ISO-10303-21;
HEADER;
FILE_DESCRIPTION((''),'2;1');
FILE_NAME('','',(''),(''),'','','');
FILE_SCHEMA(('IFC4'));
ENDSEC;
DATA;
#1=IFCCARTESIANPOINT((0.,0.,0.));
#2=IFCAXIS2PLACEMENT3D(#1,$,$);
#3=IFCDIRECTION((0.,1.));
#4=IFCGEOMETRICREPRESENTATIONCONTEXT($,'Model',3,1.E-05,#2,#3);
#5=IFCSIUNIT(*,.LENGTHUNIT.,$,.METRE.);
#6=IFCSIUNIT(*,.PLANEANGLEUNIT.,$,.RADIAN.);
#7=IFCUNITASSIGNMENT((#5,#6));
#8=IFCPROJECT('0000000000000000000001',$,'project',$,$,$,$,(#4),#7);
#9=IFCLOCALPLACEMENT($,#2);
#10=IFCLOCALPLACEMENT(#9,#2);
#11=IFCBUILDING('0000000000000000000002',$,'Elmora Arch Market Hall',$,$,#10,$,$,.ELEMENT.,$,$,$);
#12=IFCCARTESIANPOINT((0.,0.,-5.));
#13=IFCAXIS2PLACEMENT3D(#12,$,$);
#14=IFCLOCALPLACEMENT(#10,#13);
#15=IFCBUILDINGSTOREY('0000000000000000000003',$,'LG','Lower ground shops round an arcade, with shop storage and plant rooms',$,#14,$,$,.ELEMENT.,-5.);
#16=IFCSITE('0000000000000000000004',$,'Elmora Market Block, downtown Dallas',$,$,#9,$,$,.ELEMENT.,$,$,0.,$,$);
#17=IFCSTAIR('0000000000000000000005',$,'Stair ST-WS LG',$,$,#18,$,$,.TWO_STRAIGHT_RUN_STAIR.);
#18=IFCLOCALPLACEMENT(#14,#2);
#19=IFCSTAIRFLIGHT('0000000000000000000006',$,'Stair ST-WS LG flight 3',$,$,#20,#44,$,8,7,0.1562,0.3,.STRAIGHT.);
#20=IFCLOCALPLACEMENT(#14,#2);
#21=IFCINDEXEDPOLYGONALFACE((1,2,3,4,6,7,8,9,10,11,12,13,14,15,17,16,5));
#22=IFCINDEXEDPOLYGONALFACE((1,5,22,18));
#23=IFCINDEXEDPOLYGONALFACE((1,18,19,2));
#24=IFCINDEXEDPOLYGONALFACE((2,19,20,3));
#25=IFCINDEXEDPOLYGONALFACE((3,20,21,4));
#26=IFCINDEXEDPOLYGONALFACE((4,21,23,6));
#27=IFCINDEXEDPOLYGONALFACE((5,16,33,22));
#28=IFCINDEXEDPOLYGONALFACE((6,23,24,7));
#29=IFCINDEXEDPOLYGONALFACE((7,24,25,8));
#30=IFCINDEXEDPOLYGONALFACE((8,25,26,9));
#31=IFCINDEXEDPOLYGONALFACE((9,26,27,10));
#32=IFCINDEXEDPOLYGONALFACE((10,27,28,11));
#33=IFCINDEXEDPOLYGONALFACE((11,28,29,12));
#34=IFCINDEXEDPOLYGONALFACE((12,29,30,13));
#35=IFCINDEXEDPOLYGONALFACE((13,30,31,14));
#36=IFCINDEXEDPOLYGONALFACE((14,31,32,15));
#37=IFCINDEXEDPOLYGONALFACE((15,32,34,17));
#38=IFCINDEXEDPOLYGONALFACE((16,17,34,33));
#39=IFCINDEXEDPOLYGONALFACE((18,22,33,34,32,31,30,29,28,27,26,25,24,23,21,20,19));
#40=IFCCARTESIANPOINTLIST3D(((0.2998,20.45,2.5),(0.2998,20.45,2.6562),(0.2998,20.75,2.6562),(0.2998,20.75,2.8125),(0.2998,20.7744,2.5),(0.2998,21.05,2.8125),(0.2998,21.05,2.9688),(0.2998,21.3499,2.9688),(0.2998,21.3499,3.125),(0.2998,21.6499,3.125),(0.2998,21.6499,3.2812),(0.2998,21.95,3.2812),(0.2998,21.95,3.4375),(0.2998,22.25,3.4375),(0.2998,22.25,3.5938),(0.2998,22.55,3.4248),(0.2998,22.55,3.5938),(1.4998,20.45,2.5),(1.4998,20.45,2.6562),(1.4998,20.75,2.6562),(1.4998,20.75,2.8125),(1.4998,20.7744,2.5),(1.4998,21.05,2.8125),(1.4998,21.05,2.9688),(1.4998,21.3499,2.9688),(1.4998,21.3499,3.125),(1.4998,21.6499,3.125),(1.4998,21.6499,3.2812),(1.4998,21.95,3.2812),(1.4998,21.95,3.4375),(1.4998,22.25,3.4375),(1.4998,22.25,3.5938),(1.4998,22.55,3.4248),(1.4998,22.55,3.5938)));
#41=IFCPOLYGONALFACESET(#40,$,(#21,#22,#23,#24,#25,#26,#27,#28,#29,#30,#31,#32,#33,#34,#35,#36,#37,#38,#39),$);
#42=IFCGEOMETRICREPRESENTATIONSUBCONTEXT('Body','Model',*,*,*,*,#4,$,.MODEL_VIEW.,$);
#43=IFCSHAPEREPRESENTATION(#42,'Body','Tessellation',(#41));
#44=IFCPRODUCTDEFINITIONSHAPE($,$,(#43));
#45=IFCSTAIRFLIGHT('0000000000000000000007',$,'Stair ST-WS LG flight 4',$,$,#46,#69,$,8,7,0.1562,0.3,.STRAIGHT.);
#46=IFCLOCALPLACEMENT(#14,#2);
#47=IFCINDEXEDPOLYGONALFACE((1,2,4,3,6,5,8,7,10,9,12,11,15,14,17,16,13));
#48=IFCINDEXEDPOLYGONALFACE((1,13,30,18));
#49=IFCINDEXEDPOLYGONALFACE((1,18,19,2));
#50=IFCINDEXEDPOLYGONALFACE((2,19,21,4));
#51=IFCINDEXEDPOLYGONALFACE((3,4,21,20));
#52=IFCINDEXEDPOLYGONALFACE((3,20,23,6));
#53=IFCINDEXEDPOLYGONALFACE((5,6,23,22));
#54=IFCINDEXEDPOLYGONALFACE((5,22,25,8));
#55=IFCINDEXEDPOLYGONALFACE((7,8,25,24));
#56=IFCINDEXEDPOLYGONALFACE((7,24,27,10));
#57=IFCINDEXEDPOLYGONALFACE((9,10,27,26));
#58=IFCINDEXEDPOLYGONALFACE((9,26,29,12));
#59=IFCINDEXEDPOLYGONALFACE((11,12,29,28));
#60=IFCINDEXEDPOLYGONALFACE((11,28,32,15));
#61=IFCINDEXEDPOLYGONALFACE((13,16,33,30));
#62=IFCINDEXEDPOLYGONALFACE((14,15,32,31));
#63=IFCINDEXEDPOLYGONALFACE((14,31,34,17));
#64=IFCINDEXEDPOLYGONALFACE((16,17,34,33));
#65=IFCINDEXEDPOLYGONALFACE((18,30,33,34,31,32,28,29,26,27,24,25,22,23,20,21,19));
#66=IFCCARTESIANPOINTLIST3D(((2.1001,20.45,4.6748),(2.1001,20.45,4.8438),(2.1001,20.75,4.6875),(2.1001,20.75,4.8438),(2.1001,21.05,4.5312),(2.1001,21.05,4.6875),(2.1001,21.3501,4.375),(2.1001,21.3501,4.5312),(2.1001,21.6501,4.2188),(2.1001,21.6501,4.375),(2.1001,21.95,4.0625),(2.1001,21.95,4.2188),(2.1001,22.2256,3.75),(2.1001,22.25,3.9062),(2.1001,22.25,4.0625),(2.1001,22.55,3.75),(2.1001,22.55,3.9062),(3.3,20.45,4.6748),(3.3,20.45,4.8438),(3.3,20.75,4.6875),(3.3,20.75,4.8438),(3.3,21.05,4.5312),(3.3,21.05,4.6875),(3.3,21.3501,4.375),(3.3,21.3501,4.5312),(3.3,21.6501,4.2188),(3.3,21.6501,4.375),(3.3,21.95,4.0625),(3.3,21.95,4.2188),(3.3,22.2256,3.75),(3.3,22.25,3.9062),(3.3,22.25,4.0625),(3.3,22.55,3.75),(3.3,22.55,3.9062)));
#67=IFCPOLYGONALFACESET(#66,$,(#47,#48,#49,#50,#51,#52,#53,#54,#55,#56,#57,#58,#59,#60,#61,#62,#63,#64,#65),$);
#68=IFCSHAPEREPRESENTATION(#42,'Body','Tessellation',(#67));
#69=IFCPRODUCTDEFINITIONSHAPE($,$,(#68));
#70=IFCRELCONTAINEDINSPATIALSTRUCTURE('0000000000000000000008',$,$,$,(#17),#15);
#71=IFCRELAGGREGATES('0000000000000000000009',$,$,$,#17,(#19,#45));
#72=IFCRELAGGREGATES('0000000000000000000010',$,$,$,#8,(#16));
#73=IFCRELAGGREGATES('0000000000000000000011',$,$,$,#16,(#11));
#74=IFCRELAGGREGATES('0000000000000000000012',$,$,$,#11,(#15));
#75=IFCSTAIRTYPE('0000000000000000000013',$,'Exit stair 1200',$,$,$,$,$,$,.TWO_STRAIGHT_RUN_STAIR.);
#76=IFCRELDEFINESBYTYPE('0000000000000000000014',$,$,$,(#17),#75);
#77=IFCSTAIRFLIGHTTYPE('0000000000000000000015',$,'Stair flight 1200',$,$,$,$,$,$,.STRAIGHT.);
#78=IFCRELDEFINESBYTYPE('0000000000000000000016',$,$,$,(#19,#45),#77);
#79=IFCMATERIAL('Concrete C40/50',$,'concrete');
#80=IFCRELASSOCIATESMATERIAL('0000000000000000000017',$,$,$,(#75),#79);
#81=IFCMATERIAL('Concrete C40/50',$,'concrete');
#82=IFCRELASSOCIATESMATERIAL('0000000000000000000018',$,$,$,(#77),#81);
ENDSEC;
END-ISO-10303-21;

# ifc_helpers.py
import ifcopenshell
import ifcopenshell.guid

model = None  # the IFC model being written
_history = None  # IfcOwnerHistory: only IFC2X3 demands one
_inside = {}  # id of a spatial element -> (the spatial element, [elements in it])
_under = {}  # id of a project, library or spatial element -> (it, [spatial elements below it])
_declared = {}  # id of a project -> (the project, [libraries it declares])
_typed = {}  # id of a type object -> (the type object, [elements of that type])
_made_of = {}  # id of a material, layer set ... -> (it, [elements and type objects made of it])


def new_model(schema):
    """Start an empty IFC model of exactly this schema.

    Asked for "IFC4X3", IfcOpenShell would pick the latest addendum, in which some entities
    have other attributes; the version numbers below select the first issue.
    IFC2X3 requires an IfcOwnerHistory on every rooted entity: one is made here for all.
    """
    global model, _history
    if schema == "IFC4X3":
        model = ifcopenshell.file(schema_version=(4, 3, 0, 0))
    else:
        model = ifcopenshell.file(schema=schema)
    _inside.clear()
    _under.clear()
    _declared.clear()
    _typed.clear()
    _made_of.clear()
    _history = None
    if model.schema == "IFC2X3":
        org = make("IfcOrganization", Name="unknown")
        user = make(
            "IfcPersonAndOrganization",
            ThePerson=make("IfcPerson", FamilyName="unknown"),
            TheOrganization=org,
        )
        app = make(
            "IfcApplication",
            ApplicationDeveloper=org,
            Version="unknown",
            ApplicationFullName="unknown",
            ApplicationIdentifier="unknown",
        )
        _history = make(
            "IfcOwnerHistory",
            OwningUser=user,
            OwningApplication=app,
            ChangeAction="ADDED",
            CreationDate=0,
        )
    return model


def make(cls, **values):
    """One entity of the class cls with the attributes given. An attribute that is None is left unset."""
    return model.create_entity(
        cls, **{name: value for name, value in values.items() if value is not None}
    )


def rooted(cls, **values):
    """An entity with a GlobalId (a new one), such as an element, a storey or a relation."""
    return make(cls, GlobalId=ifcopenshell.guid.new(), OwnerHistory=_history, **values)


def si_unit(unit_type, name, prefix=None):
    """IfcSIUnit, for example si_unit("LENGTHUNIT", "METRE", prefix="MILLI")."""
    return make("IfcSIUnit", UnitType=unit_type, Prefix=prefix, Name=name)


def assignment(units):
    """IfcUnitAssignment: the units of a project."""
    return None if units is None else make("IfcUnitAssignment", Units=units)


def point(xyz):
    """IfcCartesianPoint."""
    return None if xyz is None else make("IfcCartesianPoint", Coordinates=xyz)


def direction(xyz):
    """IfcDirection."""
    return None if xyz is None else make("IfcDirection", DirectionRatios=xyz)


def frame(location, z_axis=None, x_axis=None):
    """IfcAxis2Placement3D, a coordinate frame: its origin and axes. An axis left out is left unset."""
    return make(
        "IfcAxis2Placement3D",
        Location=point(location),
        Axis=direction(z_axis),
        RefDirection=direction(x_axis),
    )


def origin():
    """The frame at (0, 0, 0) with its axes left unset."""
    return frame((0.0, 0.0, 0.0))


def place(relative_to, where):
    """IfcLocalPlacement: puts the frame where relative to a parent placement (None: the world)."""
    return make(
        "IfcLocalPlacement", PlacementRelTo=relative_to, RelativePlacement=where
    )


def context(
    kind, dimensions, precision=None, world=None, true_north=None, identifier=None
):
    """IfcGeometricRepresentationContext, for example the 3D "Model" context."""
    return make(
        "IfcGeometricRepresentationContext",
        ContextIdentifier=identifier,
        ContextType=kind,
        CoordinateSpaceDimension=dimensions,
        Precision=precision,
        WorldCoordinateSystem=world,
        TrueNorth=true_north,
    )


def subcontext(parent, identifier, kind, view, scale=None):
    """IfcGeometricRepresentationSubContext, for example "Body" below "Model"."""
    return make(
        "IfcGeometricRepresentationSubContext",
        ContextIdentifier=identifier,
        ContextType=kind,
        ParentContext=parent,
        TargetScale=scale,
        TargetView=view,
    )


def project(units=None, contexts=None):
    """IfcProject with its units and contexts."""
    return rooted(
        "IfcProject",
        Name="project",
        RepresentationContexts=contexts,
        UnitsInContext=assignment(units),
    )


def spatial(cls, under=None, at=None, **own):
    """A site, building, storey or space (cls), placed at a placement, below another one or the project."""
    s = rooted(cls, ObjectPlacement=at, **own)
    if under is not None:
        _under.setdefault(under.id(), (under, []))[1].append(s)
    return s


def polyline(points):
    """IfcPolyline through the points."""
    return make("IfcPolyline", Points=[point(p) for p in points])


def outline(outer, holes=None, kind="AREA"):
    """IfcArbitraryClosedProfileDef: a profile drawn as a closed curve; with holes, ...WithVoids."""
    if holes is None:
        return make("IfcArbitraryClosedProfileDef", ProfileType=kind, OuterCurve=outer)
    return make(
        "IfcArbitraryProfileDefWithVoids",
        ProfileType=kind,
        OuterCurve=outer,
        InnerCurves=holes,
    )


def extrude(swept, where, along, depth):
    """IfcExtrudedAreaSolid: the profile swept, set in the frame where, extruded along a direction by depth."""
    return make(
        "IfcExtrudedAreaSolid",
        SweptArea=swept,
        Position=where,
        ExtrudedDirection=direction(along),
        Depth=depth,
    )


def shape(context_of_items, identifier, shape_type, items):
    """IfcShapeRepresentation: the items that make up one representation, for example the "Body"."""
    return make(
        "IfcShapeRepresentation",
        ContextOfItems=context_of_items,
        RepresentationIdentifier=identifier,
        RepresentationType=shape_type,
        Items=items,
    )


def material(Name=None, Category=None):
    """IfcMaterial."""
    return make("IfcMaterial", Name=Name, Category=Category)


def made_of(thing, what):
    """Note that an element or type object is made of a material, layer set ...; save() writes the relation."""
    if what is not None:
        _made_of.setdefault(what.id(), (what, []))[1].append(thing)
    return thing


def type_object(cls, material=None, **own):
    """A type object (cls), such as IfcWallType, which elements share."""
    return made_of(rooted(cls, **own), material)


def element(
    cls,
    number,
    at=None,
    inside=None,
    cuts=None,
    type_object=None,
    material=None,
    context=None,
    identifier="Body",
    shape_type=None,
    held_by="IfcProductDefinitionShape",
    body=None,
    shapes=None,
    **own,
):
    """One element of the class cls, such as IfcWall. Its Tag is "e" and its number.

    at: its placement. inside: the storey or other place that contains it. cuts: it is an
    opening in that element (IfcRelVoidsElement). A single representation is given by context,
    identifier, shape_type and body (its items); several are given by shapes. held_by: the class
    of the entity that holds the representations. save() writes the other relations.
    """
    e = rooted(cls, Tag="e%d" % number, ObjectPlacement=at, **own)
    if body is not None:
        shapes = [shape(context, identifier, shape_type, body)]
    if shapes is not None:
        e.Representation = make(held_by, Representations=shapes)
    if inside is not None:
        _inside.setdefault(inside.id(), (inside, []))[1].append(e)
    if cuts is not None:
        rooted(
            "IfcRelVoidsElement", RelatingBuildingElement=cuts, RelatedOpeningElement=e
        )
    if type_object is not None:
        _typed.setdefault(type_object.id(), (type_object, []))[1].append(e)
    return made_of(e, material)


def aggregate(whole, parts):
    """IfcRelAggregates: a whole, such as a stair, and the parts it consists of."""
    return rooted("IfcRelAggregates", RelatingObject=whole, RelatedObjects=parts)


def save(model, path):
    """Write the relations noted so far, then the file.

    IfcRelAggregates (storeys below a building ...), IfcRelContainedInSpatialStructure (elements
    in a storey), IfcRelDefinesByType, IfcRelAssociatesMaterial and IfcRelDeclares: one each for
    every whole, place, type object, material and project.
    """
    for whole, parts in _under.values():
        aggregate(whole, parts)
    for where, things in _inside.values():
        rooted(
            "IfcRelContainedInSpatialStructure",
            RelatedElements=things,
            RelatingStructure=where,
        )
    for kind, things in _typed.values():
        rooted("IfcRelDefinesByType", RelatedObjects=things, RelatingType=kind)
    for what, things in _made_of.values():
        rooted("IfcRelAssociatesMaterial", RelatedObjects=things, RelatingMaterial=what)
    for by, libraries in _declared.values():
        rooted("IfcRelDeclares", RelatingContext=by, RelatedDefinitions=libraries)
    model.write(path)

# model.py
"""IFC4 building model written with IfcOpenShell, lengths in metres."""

from ifc_helpers import new_model, si_unit, direction, frame, origin, place, context, subcontext, project, spatial, polyline, outline, extrude, material, type_object, element, aggregate, save


model = new_model("IFC4")

# Units and contexts
model_context = context("Model", 3, precision=1e-05, world=origin(), true_north=direction((0.0, 1.0)))
body_context = subcontext(model_context, "Body", "Model", "MODEL_VIEW")
ifc_project = project(units=[si_unit("LENGTHUNIT", "METRE"), si_unit("PLANEANGLEUNIT", "RADIAN")], contexts=[model_context])

# Site, building, storey
site_placement = place(None, origin())
site = spatial("IfcSite", under=ifc_project, at=site_placement, Name="Elmora Market Block, downtown Dallas", CompositionType="ELEMENT", RefElevation=0.0)
building_placement = place(site_placement, origin())
building = spatial("IfcBuilding", under=site, at=building_placement, Name="Elmora Arch Market Hall", CompositionType="ELEMENT")
storey_placement = place(building_placement, frame((0.0, 0.0, -5.0)))
storey = spatial("IfcBuildingStorey", under=building, at=storey_placement, Name="LG", Description="Lower ground shops round an arcade, with shop storage and plant rooms", CompositionType="ELEMENT", Elevation=-5.0)

# Stair, stair flights
ifc_material_1 = material(Name="Concrete C40/50", Category="concrete")
stair_type = type_object("IfcStairType", Name="Exit stair 1200", PredefinedType="TWO_STRAIGHT_RUN_STAIR", material=ifc_material_1)
stair_placement = place(storey_placement, origin())
stair = element("IfcStair", 1, at=stair_placement, inside=storey, type_object=stair_type, Name="Stair ST-WS LG", PredefinedType="TWO_STRAIGHT_RUN_STAIR")
ifc_material_2 = material(Name="Concrete C40/50", Category="concrete")
stair_flight_type = type_object("IfcStairFlightType", Name="Stair flight 1200", PredefinedType="STRAIGHT", material=ifc_material_2)
stair_flight_1_placement = place(storey_placement, frame((0.8999, 20.45, 2.5), z_axis=(0.0, 0.0, 1.0), x_axis=(0.0, 1.0, 0.0)))
stair_flight_1 = element("IfcStairFlight", 2, at=stair_flight_1_placement, type_object=stair_flight_type, Name="Stair ST-WS LG flight 3", NumberOfRisers=8, NumberOfTreads=7, PredefinedType="STRAIGHT", RiserHeight=0.1562, TreadLength=0.3, context=body_context, shape_type="SweptSolid", body=[
    extrude(outline(polyline([(0.0, 0.0), (0.0, 0.1562), (0.3, 0.1562), (0.3, 0.3125), (0.6001, 0.3125), (0.6001, 0.4688), (0.8999, 0.4688), (0.8999, 0.625), (1.2, 0.625), (1.2, 0.7812), (1.5, 0.7812), (1.5, 0.9375), (1.8, 0.9375), (1.8, 1.0938), (2.1001, 1.0938), (2.1001, 1.25), (2.1001, 0.9248), (0.3245, 0.0), (0.0, 0.0)])), frame((0.0, 0.6001, 0.0), z_axis=(0.0, -1.0, 0.0), x_axis=(1.0, 0.0, 0.0)), (0.0, 0.0, 1.0), 1.2),
])
stair_flight_2_placement = place(storey_placement, frame((2.7, 22.55, 3.75), z_axis=(0.0, 0.0, 1.0), x_axis=(0.0, -1.0, 0.0)))
stair_flight_2 = element("IfcStairFlight", 3, at=stair_flight_2_placement, type_object=stair_flight_type, Name="Stair ST-WS LG flight 4", NumberOfRisers=8, NumberOfTreads=7, PredefinedType="STRAIGHT", RiserHeight=0.1562, TreadLength=0.3, context=body_context, shape_type="SweptSolid", body=[
    extrude(outline(polyline([(0.0, 0.0), (0.0, 0.1562), (0.3, 0.1562), (0.3, 0.3125), (0.6001, 0.3125), (0.6001, 0.4688), (0.8999, 0.4688), (0.8999, 0.625), (1.2, 0.625), (1.2, 0.7812), (1.5, 0.7812), (1.5, 0.9375), (1.8, 0.9375), (1.8, 1.0938), (2.1001, 1.0938), (2.1001, 1.25), (2.1001, 0.9248), (0.3245, 0.0), (0.0, 0.0)])), frame((0.0, 0.6001, 0.0), z_axis=(0.0, -1.0, 0.0), x_axis=(1.0, 0.0, 0.0)), (0.0, 0.0, 1.0), 1.2),
])
aggregate(stair, [stair_flight_1, stair_flight_2])

save(model, "model.ifc")
